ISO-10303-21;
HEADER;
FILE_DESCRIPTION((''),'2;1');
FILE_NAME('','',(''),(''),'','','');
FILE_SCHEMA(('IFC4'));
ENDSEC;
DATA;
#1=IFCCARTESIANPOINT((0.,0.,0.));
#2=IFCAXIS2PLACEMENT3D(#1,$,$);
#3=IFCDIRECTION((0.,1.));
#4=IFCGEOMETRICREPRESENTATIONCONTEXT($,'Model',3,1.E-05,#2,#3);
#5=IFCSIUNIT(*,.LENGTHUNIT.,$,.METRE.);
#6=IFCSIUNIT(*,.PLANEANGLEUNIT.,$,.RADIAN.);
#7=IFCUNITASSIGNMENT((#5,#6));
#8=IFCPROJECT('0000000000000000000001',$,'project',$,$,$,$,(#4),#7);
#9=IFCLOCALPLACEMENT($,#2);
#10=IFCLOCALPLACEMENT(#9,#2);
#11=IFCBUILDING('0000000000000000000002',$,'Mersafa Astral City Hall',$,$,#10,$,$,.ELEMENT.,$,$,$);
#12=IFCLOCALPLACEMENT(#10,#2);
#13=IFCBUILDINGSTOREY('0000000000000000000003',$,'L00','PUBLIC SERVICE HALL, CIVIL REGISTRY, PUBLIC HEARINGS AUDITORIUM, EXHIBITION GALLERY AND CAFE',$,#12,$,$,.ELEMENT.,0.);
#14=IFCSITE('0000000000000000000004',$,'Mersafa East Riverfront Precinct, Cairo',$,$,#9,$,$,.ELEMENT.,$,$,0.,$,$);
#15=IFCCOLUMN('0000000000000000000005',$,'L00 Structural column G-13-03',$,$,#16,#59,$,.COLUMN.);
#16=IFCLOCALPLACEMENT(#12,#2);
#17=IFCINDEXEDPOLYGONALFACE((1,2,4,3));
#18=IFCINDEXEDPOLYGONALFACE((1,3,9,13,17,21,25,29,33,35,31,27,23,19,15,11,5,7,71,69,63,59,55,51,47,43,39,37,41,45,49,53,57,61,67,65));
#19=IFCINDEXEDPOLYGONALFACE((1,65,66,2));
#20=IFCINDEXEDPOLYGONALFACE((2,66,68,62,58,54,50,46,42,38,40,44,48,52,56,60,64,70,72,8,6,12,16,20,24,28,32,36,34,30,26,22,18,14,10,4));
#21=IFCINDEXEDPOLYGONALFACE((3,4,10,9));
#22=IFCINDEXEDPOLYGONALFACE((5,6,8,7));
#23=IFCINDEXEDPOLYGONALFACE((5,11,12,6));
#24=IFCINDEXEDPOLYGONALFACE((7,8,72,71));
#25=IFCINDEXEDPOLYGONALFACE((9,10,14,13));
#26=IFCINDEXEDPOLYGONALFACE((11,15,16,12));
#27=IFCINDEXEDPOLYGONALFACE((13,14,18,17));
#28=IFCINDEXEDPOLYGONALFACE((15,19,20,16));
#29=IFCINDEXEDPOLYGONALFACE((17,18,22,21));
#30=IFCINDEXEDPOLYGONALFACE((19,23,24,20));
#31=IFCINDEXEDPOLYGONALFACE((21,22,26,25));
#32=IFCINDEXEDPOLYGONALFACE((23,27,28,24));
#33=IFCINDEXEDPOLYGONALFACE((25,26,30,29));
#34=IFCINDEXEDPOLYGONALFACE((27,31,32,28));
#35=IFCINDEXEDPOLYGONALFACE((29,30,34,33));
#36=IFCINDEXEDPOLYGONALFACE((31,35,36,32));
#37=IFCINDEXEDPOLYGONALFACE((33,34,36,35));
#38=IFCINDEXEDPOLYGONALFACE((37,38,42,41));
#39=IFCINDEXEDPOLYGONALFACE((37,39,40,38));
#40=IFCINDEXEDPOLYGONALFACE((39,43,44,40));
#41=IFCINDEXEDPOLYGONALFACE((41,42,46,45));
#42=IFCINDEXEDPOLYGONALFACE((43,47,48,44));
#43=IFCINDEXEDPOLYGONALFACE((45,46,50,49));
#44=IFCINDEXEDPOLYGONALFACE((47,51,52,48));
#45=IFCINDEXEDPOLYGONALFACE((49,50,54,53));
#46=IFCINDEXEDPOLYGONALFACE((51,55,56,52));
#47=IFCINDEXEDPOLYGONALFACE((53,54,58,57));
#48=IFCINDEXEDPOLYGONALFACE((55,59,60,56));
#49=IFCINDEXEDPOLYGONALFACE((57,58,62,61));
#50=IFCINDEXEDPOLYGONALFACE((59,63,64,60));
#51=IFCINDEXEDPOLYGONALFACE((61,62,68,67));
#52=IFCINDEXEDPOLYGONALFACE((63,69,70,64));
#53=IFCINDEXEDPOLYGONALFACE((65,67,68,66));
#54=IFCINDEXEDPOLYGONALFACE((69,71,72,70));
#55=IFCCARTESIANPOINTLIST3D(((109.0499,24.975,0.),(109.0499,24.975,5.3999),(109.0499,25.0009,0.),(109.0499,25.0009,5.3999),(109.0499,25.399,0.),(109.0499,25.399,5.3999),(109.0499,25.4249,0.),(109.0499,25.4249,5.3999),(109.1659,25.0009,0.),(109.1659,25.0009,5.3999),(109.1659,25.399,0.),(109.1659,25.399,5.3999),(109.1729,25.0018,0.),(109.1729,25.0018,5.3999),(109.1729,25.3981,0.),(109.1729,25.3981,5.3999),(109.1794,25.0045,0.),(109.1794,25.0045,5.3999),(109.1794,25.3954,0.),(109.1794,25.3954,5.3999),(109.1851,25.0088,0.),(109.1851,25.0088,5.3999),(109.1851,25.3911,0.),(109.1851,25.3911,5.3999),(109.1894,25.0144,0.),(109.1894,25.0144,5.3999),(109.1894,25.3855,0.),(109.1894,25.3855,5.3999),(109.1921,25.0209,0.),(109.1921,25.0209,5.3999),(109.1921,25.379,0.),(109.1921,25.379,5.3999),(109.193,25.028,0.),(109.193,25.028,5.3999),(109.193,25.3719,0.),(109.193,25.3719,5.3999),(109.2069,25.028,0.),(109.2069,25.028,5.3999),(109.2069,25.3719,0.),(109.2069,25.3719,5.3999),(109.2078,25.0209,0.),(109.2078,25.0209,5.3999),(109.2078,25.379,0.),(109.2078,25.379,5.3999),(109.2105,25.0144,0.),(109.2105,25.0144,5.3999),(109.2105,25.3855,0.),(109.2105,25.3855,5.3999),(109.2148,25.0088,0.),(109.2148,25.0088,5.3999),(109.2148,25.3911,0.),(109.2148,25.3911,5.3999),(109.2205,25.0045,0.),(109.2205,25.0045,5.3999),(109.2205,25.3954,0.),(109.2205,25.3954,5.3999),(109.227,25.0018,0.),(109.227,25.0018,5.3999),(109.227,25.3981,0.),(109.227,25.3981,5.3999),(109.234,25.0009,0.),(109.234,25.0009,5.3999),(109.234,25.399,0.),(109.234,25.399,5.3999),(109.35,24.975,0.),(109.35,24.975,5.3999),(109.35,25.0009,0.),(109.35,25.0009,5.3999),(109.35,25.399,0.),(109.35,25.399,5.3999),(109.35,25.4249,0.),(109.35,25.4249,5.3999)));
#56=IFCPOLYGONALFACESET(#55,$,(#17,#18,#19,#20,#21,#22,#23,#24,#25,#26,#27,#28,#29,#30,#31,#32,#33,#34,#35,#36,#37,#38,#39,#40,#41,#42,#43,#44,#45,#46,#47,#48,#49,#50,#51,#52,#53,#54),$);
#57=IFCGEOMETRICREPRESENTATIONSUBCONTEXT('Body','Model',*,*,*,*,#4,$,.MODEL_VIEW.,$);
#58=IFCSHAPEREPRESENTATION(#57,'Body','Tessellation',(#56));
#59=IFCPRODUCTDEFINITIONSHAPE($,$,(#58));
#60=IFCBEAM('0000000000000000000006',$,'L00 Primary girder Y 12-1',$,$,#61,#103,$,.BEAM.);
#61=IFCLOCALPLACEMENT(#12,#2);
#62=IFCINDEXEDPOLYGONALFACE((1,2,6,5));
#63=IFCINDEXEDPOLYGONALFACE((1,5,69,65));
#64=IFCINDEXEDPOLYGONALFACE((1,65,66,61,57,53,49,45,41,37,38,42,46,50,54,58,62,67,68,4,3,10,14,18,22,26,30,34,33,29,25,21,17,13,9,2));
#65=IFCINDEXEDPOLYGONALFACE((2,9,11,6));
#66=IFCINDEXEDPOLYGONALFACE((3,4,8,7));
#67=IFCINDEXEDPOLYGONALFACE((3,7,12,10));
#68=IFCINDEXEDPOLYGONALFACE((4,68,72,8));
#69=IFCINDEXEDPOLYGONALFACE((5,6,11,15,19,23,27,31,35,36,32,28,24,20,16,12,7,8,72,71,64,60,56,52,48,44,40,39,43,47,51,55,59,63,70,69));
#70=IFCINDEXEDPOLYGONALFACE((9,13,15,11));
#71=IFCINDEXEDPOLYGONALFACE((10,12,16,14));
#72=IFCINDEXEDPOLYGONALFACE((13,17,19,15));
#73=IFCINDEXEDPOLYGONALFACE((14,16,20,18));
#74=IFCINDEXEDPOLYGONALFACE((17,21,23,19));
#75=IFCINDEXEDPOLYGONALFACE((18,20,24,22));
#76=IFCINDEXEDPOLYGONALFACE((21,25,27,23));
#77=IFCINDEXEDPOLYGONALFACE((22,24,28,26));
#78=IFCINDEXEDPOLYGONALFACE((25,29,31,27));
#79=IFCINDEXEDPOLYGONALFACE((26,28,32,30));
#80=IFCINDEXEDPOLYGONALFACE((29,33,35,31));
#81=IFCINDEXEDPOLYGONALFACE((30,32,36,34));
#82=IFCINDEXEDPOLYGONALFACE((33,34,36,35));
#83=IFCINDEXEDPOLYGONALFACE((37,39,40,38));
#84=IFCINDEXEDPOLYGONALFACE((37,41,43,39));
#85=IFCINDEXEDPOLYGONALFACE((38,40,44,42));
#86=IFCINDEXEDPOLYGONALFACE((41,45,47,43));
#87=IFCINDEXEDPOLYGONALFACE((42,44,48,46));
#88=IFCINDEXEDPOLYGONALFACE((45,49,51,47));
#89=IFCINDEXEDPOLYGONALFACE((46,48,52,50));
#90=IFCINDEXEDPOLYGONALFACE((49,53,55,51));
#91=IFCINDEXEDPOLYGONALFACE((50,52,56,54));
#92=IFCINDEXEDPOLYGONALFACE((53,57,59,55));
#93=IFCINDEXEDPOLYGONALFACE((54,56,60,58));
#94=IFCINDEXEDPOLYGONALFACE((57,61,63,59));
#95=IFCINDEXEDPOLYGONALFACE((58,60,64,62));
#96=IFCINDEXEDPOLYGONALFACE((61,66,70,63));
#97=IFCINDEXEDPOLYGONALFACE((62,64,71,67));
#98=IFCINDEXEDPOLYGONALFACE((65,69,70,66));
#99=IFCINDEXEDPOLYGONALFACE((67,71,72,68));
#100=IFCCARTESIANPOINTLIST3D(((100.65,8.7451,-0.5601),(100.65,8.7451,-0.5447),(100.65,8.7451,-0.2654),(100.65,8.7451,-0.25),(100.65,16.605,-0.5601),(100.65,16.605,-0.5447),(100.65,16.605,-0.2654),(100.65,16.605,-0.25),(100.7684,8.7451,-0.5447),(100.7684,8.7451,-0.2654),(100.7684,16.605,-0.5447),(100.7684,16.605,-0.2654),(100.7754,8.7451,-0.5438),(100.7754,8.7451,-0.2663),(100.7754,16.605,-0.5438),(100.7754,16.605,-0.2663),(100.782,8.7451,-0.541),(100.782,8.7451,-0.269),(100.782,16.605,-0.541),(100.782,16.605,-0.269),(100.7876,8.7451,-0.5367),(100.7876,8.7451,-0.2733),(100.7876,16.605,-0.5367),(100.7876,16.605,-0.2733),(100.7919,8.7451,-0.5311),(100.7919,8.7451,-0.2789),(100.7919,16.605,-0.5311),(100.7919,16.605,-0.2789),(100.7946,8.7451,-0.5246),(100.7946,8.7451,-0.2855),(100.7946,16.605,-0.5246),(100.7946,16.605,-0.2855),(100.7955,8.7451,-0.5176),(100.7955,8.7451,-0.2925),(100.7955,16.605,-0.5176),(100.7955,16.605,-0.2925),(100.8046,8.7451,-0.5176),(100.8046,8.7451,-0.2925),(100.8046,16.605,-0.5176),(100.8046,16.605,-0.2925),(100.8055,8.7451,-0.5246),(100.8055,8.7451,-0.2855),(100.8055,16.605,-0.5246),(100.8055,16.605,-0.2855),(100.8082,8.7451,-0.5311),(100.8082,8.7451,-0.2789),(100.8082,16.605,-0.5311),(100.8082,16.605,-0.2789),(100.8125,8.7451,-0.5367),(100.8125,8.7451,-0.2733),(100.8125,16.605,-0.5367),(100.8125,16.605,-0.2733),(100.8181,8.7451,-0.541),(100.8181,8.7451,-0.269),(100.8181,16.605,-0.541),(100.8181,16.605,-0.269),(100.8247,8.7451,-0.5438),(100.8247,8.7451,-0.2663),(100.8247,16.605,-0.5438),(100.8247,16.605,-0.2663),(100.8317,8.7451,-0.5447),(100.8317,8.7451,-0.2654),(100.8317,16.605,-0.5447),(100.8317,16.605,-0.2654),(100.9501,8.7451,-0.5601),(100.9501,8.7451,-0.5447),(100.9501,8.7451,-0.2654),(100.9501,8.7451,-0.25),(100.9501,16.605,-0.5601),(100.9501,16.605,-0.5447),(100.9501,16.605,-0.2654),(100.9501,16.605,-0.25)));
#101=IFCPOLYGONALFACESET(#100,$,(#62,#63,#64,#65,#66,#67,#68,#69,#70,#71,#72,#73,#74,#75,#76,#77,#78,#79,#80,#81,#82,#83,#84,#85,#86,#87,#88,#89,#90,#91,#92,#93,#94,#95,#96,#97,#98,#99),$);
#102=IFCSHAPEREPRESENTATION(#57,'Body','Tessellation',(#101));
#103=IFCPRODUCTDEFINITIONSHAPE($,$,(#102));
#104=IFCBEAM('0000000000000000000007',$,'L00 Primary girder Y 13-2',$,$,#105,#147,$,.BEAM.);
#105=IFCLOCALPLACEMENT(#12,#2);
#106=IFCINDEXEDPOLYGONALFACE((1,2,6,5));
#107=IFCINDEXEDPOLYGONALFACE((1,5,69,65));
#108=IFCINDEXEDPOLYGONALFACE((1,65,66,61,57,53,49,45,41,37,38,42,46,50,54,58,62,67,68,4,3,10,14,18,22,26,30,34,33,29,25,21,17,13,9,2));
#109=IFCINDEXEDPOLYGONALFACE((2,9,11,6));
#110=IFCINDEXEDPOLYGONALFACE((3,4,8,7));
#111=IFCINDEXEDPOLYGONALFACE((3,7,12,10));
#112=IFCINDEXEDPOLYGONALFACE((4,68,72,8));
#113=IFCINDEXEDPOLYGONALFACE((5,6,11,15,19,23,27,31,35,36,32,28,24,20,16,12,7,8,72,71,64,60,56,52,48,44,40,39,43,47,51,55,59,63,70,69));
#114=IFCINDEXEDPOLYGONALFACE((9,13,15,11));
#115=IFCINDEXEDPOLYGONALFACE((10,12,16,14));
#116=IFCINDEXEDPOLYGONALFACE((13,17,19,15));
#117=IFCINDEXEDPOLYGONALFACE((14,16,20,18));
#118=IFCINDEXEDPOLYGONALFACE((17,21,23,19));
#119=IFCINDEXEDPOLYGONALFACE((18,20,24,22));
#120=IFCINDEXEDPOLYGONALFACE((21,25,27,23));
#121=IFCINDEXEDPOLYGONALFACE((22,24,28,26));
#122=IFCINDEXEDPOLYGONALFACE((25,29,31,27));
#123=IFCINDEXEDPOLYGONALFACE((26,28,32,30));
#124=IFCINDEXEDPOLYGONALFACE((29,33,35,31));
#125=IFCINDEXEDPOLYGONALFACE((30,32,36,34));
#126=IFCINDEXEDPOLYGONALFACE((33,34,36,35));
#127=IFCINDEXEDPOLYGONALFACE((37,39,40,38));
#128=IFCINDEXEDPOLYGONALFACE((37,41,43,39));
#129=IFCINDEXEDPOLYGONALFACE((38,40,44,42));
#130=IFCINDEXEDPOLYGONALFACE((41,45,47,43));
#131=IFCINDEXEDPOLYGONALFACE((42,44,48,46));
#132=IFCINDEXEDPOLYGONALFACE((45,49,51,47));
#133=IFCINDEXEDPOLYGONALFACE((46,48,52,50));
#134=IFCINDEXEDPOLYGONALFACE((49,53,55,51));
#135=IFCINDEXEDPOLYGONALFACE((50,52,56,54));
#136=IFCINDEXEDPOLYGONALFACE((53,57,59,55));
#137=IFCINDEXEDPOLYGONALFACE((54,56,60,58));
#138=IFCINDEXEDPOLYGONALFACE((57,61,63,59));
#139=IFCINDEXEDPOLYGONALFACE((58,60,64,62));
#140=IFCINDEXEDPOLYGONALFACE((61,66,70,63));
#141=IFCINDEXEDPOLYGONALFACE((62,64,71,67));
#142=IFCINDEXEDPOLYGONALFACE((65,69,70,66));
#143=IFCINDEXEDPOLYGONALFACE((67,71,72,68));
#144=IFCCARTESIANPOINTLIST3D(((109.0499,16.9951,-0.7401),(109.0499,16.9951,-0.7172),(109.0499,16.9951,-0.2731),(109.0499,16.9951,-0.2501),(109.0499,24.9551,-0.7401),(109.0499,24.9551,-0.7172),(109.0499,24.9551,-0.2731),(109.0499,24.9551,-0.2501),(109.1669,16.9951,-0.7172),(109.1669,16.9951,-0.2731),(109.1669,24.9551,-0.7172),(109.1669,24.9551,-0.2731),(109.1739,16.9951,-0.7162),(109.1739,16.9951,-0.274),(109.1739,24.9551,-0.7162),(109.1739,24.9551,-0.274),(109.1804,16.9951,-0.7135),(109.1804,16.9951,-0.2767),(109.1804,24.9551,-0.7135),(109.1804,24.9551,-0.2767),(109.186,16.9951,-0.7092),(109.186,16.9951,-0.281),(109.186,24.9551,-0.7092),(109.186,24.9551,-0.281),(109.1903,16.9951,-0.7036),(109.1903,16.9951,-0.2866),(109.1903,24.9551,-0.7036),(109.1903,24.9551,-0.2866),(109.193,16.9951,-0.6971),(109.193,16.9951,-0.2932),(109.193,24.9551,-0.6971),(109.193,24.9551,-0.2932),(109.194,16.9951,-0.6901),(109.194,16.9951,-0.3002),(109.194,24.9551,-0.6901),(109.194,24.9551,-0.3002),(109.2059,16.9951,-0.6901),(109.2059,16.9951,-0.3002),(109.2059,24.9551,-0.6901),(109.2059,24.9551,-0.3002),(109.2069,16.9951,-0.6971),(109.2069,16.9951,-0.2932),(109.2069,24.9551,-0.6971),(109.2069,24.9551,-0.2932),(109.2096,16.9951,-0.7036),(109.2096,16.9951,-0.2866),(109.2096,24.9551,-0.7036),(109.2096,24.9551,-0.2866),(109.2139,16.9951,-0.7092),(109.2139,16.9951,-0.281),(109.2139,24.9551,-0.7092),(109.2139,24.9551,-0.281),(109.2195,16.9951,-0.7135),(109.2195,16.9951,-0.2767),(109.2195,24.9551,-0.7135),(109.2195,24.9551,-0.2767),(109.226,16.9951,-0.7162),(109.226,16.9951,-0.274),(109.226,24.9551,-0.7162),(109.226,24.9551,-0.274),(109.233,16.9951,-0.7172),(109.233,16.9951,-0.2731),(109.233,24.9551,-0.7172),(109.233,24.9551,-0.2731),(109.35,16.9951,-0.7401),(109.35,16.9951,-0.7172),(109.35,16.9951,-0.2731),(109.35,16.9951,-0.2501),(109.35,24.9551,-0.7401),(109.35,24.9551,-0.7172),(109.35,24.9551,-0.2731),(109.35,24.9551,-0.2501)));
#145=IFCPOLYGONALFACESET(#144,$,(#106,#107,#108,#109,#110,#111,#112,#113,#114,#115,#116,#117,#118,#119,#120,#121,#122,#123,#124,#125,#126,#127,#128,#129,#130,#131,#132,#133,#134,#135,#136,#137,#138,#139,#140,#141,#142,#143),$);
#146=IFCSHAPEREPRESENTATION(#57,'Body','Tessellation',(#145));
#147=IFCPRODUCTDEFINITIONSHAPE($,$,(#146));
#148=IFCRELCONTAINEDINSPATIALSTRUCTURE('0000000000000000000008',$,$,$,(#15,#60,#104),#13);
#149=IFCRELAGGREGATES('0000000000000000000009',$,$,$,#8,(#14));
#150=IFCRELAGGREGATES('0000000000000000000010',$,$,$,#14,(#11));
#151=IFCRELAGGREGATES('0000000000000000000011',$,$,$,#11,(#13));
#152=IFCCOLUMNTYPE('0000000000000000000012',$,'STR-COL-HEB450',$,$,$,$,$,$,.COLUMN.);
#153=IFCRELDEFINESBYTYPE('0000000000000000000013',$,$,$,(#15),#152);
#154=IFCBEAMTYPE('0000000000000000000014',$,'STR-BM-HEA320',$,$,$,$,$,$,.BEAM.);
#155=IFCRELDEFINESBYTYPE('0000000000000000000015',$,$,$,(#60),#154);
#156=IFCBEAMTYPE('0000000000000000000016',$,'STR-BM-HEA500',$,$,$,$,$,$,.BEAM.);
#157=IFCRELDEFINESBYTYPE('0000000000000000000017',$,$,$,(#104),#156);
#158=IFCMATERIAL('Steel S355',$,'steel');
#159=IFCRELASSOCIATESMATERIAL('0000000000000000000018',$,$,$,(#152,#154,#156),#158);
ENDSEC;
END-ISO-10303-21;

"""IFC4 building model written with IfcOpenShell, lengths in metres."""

from ifc_helpers import new_model, si_unit, direction, frame, origin, origin_2d, place, context, subcontext, project, spatial, i_section, extrude, material, material_profile, profile_set, type_object, element, save


model = new_model("IFC4")

# Units and contexts
model_context = context("Model", 3, precision=1e-05, world=origin(), true_north=direction((0.0, 1.0)))
body_context = subcontext(model_context, "Body", "Model", "MODEL_VIEW")
ifc_project = project(units=[si_unit("LENGTHUNIT", "METRE"), si_unit("PLANEANGLEUNIT", "RADIAN")], contexts=[model_context])

# Site, building, storey
site_placement = place(None, origin())
site = spatial("IfcSite", under=ifc_project, at=site_placement, Name="Mersafa East Riverfront Precinct, Cairo", CompositionType="ELEMENT", RefElevation=0.0)
building_placement = place(site_placement, origin())
building = spatial("IfcBuilding", under=site, at=building_placement, Name="Mersafa Astral City Hall", CompositionType="ELEMENT")
storey_placement = place(building_placement, origin())
storey = spatial("IfcBuildingStorey", under=building, at=storey_placement, Name="L00", Description="PUBLIC SERVICE HALL, CIVIL REGISTRY, PUBLIC HEARINGS AUDITORIUM, EXHIBITION GALLERY AND CAFE", CompositionType="ELEMENT", Elevation=0.0)

# Column
ifc_material_1 = material(Name="Steel S355", Category="steel")
ifc_material_profile_1 = material_profile(ifc_material_1, i_section(OverallWidth=0.3, OverallDepth=0.45, WebThickness=0.0139, FlangeThickness=0.0259, FilletRadius=0.0271, at=origin_2d()), Name="HEB 450")
ifc_profile_set_1 = profile_set([ifc_material_profile_1], Name="Steel S355")
column_type_1 = type_object("IfcColumnType", Name="STR-COL-HEB450", PredefinedType="COLUMN", material=ifc_profile_set_1)
column_1_placement = place(storey_placement, frame((109.2, 25.2, 0.0), z_axis=(0.0, 0.0, 1.0), x_axis=(1.0, 0.0, 0.0)))
element("IfcColumn", 1, at=column_1_placement, inside=storey, type_object=column_type_1, Name="L00 Structural column G-13-03", PredefinedType="COLUMN", context=body_context, shape_type="SweptSolid", body=[
    extrude(i_section(OverallWidth=0.3, OverallDepth=0.45, WebThickness=0.0139, FlangeThickness=0.0259, FilletRadius=0.0271, at=origin_2d()), origin(), (0.0, 0.0, 1.0), 5.3999),
])

# Beams
ifc_material_profile_2 = material_profile(ifc_material_1, i_section(OverallWidth=0.3, OverallDepth=0.3101, WebThickness=0.009, FlangeThickness=0.0154, FilletRadius=0.0271, at=origin_2d()), Name="HEA 320")
ifc_profile_set_2 = profile_set([ifc_material_profile_2], Name="Steel S355")
beam_type_1 = type_object("IfcBeamType", Name="STR-BM-HEA320", PredefinedType="BEAM", material=ifc_profile_set_2)
beam_1_placement = place(storey_placement, frame((100.8, 8.7451, -0.405), z_axis=(0.0, 1.0, 0.0), x_axis=(-1.0, 0.0, 0.0)))
element("IfcBeam", 2, at=beam_1_placement, inside=storey, type_object=beam_type_1, Name="L00 Primary girder Y 12-1", PredefinedType="BEAM", context=body_context, shape_type="SweptSolid", body=[
    extrude(i_section(OverallWidth=0.3, OverallDepth=0.3101, WebThickness=0.009, FlangeThickness=0.0154, FilletRadius=0.0271, at=origin_2d()), origin(), (0.0, 0.0, 1.0), 7.8599),
])
ifc_material_profile_3 = material_profile(ifc_material_1, i_section(OverallWidth=0.3, OverallDepth=0.49, WebThickness=0.012, FlangeThickness=0.0229, FilletRadius=0.0271, at=origin_2d()), Name="HEA 500")
ifc_profile_set_3 = profile_set([ifc_material_profile_3], Name="Steel S355")
beam_type_2 = type_object("IfcBeamType", Name="STR-BM-HEA500", PredefinedType="BEAM", material=ifc_profile_set_3)
beam_2_placement = place(storey_placement, frame((109.2, 16.9951, -0.4951), z_axis=(0.0, 1.0, 0.0), x_axis=(-1.0, 0.0, 0.0)))
element("IfcBeam", 3, at=beam_2_placement, inside=storey, type_object=beam_type_2, Name="L00 Primary girder Y 13-2", PredefinedType="BEAM", context=body_context, shape_type="SweptSolid", body=[
    extrude(i_section(OverallWidth=0.3, OverallDepth=0.49, WebThickness=0.012, FlangeThickness=0.0229, FilletRadius=0.0271, at=origin_2d()), origin(), (0.0, 0.0, 1.0), 7.96),
])

save(model, "model.ifc")
